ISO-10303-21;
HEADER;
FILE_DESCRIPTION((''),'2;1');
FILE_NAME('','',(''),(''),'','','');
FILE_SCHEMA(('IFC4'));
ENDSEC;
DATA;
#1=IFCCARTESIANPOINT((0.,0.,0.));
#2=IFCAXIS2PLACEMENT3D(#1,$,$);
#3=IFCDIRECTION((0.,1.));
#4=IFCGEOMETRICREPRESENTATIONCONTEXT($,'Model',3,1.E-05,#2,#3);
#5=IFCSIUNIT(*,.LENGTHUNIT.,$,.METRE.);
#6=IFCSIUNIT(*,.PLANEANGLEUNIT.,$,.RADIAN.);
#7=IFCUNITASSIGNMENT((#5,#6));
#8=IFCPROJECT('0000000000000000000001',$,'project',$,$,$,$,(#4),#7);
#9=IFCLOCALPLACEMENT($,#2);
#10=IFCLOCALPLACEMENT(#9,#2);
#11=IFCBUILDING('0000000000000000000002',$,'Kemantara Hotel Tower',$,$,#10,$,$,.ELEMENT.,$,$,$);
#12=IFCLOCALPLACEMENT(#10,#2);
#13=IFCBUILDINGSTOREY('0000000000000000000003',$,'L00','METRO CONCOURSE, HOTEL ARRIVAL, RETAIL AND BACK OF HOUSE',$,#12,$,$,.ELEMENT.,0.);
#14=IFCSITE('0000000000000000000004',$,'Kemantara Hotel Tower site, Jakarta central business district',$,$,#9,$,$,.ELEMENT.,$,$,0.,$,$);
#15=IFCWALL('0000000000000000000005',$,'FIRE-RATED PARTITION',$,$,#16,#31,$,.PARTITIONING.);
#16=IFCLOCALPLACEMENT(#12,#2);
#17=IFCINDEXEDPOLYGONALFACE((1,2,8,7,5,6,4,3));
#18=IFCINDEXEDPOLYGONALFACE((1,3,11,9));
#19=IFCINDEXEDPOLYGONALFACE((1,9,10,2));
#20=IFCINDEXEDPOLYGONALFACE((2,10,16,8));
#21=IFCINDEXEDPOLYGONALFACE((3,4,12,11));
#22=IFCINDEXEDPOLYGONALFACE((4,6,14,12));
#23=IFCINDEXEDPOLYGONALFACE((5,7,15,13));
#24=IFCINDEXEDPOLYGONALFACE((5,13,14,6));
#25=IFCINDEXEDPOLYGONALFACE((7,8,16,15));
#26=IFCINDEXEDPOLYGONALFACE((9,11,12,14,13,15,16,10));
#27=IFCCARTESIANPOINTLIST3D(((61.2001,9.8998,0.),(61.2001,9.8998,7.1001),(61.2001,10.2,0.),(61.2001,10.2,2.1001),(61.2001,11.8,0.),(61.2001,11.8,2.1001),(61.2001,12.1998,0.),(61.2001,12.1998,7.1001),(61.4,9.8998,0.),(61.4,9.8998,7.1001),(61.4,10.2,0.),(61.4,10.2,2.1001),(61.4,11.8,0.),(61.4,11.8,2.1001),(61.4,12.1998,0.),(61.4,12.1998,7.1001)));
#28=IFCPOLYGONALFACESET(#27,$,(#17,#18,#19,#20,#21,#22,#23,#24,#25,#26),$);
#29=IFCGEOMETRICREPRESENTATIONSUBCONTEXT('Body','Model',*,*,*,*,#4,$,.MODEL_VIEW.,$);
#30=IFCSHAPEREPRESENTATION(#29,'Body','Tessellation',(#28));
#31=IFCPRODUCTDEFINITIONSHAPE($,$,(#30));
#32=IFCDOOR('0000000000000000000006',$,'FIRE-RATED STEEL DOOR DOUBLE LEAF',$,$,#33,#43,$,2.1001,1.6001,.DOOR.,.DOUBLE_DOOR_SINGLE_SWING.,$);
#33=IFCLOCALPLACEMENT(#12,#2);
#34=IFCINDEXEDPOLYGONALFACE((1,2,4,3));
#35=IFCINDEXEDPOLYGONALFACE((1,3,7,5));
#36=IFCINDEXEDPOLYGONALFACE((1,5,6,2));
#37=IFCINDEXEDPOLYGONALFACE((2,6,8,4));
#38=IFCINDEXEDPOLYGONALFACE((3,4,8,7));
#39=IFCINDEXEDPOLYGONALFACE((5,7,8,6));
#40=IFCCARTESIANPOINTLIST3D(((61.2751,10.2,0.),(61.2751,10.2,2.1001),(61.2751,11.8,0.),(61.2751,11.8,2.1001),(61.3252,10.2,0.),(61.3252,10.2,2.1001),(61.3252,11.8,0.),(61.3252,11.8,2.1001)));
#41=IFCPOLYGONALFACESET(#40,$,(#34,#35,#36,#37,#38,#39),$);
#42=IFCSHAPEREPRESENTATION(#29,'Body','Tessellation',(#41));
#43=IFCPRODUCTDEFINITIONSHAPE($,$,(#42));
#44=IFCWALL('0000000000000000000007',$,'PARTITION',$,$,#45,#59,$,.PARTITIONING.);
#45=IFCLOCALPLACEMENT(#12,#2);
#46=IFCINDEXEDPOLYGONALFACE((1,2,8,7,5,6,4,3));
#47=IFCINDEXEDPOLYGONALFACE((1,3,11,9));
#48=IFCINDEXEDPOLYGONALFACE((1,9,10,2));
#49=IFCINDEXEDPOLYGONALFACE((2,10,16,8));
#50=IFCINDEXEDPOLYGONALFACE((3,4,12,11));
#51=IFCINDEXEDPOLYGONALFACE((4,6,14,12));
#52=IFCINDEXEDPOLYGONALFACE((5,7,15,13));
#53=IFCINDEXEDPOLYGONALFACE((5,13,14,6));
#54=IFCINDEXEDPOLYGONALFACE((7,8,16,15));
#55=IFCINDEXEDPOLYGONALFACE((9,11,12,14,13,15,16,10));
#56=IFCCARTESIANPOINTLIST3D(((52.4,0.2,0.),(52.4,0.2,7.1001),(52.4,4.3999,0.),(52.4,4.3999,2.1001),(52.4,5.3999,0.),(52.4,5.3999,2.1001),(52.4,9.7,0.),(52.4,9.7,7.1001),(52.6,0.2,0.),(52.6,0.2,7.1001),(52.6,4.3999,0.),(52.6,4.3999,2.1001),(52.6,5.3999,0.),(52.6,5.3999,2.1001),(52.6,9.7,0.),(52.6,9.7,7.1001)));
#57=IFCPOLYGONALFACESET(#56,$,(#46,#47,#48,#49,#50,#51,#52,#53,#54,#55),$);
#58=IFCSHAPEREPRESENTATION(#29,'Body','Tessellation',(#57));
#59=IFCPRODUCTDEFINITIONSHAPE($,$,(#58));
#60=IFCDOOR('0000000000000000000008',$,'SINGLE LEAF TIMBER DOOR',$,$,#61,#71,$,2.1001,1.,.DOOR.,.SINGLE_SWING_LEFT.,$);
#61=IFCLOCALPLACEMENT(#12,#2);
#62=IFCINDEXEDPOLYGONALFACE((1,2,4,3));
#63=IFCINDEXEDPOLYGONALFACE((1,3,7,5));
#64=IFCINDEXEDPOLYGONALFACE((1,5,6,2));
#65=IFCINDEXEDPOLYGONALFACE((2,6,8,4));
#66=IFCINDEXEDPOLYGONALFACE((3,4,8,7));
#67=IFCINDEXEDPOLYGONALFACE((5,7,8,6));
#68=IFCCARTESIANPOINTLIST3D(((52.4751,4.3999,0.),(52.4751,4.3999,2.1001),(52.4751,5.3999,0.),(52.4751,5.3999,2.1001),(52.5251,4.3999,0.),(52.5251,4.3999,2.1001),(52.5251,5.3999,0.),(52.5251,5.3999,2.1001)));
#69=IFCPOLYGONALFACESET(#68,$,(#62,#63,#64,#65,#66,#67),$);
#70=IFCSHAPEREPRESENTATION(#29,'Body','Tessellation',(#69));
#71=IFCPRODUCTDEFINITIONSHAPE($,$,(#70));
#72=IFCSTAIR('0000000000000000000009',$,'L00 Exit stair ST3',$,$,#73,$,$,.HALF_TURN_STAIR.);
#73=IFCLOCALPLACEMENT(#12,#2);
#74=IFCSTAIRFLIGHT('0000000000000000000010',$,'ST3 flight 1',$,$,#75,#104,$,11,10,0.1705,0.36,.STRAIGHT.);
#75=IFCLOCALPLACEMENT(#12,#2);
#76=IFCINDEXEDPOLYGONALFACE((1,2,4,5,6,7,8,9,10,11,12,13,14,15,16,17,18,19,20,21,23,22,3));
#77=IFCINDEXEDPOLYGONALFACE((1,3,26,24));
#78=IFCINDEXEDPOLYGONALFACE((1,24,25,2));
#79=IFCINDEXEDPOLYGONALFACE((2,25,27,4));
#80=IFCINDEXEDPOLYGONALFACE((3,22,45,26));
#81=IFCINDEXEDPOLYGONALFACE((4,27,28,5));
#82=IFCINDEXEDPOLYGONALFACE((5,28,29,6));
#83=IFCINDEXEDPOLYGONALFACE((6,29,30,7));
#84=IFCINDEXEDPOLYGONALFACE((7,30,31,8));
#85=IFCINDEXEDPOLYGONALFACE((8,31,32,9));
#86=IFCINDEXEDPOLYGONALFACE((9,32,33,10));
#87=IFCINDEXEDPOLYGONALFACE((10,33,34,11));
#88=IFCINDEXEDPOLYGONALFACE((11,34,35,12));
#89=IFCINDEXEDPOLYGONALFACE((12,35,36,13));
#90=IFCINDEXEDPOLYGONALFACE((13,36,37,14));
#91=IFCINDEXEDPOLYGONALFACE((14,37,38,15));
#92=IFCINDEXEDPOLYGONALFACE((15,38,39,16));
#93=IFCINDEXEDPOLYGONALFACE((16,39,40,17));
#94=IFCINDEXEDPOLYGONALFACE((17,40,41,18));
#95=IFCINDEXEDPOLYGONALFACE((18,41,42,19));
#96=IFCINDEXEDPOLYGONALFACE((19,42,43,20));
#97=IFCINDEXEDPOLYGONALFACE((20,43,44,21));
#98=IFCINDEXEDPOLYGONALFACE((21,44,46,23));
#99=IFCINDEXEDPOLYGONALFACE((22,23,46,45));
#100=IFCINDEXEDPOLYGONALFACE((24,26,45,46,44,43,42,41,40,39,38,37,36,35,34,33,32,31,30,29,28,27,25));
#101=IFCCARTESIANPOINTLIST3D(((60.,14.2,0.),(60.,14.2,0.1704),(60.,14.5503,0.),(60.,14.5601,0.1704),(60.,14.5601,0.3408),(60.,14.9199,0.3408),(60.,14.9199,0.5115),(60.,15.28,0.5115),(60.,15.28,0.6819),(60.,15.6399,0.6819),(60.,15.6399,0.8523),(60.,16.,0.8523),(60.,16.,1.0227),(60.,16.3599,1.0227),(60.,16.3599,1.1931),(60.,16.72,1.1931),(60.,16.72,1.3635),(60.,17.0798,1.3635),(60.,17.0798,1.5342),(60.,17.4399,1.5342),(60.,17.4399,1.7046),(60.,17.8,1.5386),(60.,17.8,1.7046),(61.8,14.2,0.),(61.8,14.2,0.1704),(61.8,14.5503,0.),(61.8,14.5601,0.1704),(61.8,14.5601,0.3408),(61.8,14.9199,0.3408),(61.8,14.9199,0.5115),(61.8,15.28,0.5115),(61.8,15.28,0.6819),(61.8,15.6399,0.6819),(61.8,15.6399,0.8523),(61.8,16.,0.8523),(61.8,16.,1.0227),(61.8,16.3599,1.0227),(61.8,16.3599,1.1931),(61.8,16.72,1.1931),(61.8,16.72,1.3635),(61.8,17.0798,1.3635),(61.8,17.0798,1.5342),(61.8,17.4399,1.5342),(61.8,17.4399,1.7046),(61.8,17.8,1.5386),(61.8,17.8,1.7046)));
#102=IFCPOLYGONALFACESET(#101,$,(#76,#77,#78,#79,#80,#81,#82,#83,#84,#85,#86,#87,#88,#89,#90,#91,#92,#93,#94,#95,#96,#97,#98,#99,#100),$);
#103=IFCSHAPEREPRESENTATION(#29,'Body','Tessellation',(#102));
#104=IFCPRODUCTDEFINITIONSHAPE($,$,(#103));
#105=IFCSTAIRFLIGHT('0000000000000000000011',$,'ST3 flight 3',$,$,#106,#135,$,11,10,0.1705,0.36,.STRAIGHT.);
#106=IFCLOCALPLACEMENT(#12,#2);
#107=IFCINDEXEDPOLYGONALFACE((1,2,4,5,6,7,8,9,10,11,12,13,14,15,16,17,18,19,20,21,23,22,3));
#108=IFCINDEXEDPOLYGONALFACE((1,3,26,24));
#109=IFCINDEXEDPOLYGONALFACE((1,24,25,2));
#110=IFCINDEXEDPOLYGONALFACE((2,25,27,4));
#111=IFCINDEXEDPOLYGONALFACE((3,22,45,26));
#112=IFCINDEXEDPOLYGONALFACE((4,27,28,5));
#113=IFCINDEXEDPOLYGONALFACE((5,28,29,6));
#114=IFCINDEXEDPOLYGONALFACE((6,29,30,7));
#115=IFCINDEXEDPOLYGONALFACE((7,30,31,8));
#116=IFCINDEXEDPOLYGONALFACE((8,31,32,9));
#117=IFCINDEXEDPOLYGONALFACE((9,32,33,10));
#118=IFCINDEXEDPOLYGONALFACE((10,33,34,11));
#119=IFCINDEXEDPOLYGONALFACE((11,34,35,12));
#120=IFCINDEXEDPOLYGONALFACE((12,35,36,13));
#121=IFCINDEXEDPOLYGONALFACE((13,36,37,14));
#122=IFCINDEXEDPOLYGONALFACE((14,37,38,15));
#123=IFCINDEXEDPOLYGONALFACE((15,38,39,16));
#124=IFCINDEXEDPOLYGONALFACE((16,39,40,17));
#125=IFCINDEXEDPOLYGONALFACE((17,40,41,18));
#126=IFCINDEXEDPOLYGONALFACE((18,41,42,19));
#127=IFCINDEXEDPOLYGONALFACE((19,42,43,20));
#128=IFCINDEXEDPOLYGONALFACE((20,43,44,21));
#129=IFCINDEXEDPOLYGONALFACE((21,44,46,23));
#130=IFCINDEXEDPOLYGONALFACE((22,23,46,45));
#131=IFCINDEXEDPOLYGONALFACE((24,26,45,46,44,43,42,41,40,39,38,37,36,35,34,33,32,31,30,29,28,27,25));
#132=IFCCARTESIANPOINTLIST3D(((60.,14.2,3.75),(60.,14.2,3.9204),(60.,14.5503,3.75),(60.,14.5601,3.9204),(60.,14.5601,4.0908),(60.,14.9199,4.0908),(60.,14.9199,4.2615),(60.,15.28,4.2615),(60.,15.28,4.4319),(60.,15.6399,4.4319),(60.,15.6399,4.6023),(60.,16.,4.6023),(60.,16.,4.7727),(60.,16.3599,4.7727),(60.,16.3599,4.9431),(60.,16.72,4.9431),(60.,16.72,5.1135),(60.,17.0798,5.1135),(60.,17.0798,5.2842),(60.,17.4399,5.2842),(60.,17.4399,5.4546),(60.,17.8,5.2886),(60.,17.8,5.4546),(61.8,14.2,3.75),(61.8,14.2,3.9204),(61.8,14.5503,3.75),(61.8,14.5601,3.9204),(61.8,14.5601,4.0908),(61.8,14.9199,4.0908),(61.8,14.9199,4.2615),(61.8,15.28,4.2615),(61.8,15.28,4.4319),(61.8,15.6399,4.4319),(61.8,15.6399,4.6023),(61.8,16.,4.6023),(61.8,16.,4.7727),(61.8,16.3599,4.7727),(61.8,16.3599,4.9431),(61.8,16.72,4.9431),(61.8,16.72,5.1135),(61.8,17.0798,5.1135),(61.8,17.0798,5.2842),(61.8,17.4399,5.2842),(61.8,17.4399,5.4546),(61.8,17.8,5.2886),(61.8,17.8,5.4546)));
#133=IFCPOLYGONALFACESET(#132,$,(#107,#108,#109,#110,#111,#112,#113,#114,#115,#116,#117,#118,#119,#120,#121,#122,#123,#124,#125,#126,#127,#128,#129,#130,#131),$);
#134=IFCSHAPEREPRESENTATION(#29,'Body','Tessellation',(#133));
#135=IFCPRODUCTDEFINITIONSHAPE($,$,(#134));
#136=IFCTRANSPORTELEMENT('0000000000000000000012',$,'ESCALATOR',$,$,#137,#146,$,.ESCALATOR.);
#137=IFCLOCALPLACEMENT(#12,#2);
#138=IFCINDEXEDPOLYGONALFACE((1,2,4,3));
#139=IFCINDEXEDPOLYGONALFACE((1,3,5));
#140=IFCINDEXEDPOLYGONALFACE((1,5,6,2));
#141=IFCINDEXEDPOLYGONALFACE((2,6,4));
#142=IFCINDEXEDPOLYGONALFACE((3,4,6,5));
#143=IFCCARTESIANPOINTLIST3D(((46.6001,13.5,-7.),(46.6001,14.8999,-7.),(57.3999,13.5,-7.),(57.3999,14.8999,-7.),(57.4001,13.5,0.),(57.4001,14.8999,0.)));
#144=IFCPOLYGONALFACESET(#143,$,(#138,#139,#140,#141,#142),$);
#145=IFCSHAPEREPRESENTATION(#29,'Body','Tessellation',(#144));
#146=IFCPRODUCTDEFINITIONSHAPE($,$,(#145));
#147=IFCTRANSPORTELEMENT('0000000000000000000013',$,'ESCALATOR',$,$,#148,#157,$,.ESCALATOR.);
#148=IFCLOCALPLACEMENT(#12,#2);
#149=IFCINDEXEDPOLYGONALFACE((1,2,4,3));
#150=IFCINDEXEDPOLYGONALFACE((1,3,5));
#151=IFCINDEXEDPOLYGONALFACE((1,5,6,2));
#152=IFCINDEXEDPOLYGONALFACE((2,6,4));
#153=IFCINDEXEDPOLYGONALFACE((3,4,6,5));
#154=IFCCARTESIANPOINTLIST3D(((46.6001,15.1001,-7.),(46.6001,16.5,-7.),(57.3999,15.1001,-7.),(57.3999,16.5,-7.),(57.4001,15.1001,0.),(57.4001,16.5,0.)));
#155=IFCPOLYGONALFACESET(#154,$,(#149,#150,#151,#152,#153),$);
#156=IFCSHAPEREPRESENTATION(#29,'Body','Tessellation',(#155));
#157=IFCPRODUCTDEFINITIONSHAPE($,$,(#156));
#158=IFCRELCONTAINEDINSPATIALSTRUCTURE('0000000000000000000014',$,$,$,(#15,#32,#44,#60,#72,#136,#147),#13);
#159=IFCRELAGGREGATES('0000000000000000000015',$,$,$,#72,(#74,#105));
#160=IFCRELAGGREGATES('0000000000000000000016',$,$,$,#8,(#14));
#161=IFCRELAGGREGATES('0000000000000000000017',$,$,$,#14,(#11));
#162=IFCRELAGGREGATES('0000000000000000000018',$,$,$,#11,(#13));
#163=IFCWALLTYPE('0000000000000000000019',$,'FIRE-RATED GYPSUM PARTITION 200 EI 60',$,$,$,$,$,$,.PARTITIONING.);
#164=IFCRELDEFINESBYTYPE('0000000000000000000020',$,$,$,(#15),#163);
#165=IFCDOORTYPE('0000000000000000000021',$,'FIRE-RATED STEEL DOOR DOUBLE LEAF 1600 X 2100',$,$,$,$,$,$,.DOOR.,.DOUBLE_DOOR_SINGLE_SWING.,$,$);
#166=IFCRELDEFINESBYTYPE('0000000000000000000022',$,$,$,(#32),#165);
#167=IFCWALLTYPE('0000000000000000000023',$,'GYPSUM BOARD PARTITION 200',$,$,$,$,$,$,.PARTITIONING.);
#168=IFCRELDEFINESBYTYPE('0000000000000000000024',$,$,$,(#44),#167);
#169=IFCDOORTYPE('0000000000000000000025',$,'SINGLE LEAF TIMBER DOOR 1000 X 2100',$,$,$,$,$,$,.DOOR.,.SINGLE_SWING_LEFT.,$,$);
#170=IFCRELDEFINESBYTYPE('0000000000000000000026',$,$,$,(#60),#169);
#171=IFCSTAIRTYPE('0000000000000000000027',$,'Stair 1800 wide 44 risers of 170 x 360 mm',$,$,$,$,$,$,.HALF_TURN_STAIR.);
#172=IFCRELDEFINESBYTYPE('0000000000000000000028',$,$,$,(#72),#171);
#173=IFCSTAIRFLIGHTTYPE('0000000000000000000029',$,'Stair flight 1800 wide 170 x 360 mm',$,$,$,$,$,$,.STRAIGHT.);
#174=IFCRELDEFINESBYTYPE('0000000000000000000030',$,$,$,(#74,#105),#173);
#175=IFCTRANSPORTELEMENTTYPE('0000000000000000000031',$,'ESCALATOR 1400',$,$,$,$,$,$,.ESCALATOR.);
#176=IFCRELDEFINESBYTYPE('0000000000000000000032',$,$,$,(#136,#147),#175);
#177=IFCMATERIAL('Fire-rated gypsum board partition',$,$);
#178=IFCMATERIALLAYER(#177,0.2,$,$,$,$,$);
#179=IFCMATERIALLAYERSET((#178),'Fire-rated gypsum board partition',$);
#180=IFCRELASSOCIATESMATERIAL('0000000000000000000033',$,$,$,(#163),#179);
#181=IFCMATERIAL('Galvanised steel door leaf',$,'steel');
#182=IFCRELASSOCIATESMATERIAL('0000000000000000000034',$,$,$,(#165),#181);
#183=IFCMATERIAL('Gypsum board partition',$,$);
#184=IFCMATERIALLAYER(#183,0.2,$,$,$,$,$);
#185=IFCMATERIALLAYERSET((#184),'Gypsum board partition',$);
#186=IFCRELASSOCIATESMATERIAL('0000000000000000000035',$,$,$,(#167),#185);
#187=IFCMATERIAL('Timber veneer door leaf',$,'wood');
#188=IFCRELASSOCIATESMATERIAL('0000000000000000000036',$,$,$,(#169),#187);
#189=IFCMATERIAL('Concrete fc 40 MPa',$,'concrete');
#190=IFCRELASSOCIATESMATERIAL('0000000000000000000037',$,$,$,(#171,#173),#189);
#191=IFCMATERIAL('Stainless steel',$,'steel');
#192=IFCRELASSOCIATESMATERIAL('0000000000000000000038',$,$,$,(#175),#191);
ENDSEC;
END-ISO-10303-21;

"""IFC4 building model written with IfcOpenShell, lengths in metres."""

from ifc_helpers import new_model, si_unit, direction, frame, frame_2d, origin, place, context, subcontext, project, spatial, polyline, rectangle, outline, extrude, material, layer, layer_set, type_object, element, fill, aggregate, save


model = new_model("IFC4")

# Units and contexts
model_context = context("Model", 3, precision=1e-05, world=origin(), true_north=direction((0.0, 1.0)))
body_context = subcontext(model_context, "Body", "Model", "MODEL_VIEW")
ifc_project = project(units=[si_unit("LENGTHUNIT", "METRE"), si_unit("PLANEANGLEUNIT", "RADIAN")], contexts=[model_context])

# Site, building, storey
site_placement = place(None, origin())
site = spatial("IfcSite", under=ifc_project, at=site_placement, Name="Kemantara Hotel Tower site, Jakarta central business district", CompositionType="ELEMENT", RefElevation=0.0)
building_placement = place(site_placement, origin())
building = spatial("IfcBuilding", under=site, at=building_placement, Name="Kemantara Hotel Tower", CompositionType="ELEMENT")
storey_placement = place(building_placement, origin())
storey = spatial("IfcBuildingStorey", under=building, at=storey_placement, Name="L00", Description="METRO CONCOURSE, HOTEL ARRIVAL, RETAIL AND BACK OF HOUSE", CompositionType="ELEMENT", Elevation=0.0)

# Shared definitions
ifc_material_1 = material(Name="Concrete fc 40 MPa", Category="concrete")

# Shared definitions
ifc_material_2 = material(Name="Fire-rated gypsum board partition")
ifc_layer_1 = layer(ifc_material_2, 0.2)
ifc_layer_set_1 = layer_set([ifc_layer_1], Name="Fire-rated gypsum board partition")
wall_type_1 = type_object("IfcWallType", Name="FIRE-RATED GYPSUM PARTITION 200 EI 60", PredefinedType="PARTITIONING", material=ifc_layer_set_1)

# Walls, openings, doors
wall_1_placement = place(storey_placement, frame((61.3, 9.8999, 0.0), z_axis=(0.0, 0.0, 1.0), x_axis=(0.0, 1.0, 0.0)))
wall_1 = element("IfcWall", 1, at=wall_1_placement, inside=storey, type_object=wall_type_1, Name="FIRE-RATED PARTITION", PredefinedType="PARTITIONING", context=body_context, shape_type="SweptSolid", body=[
    extrude(rectangle(XDim=2.3, YDim=0.2, at=frame_2d((1.1499, 0.0))), origin(), (0.0, 0.0, 1.0), 7.1001),
])
opening_1_placement = place(wall_1_placement, frame((0.3, 0.0, 0.0)))
opening_1 = element("IfcOpeningElement", 2, at=opening_1_placement, cuts=wall_1, PredefinedType="OPENING", context=body_context, shape_type="SweptSolid", body=[
    extrude(rectangle(XDim=1.6001, YDim=2.1001, at=frame_2d((0.8, 1.05))), frame((0.0, 0.1099, 0.0), z_axis=(0.0, -1.0, 0.0), x_axis=(1.0, 0.0, 0.0)), (0.0, 0.0, 1.0), 0.22),
])
ifc_material_3 = material(Name="Galvanised steel door leaf", Category="steel")
door_type_1 = type_object("IfcDoorType", Name="FIRE-RATED STEEL DOOR DOUBLE LEAF 1600 X 2100", OperationType="DOUBLE_DOOR_SINGLE_SWING", PredefinedType="DOOR", material=ifc_material_3)
door_1_placement = place(opening_1_placement, origin())
door_1 = element("IfcDoor", 3, at=door_1_placement, inside=storey, type_object=door_type_1, Name="FIRE-RATED STEEL DOOR DOUBLE LEAF", OperationType="DOUBLE_DOOR_SINGLE_SWING", OverallHeight=2.1001, OverallWidth=1.6001, PredefinedType="DOOR", context=body_context, shape_type="SweptSolid", body=[
    extrude(rectangle(XDim=1.6001, YDim=2.1001, at=frame_2d((0.8, 1.05))), frame((0.0, 0.0249, 0.0), z_axis=(0.0, -1.0, 0.0), x_axis=(1.0, 0.0, 0.0)), (0.0, 0.0, 1.0), 0.05),
])
fill(opening_1, door_1)
ifc_material_4 = material(Name="Gypsum board partition")
ifc_layer_2 = layer(ifc_material_4, 0.2)
ifc_layer_set_2 = layer_set([ifc_layer_2], Name="Gypsum board partition")
wall_type_2 = type_object("IfcWallType", Name="GYPSUM BOARD PARTITION 200", PredefinedType="PARTITIONING", material=ifc_layer_set_2)
wall_2_placement = place(storey_placement, frame((52.5, 0.2, 0.0), z_axis=(0.0, 0.0, 1.0), x_axis=(0.0, 1.0, 0.0)))
wall_2 = element("IfcWall", 4, at=wall_2_placement, inside=storey, type_object=wall_type_2, Name="PARTITION", PredefinedType="PARTITIONING", context=body_context, shape_type="SweptSolid", body=[
    extrude(rectangle(XDim=9.5, YDim=0.2, at=frame_2d((4.75, 0.0))), origin(), (0.0, 0.0, 1.0), 7.1001),
])
opening_2_placement = place(wall_2_placement, frame((4.2, 0.0, 0.0)))
opening_2 = element("IfcOpeningElement", 5, at=opening_2_placement, cuts=wall_2, PredefinedType="OPENING", context=body_context, shape_type="SweptSolid", body=[
    extrude(rectangle(XDim=1.0, YDim=2.1001, at=frame_2d((0.5, 1.05))), frame((0.0, 0.1099, 0.0), z_axis=(0.0, -1.0, 0.0), x_axis=(1.0, 0.0, 0.0)), (0.0, 0.0, 1.0), 0.22),
])
ifc_material_5 = material(Name="Timber veneer door leaf", Category="wood")
door_type_2 = type_object("IfcDoorType", Name="SINGLE LEAF TIMBER DOOR 1000 X 2100", OperationType="SINGLE_SWING_LEFT", PredefinedType="DOOR", material=ifc_material_5)
door_2_placement = place(opening_2_placement, origin())
door_2 = element("IfcDoor", 6, at=door_2_placement, inside=storey, type_object=door_type_2, Name="SINGLE LEAF TIMBER DOOR", OperationType="SINGLE_SWING_LEFT", OverallHeight=2.1001, OverallWidth=1.0, PredefinedType="DOOR", context=body_context, shape_type="SweptSolid", body=[
    extrude(rectangle(XDim=1.0, YDim=2.1001, at=frame_2d((0.5, 1.05))), frame((0.0, 0.0249, 0.0), z_axis=(0.0, -1.0, 0.0), x_axis=(1.0, 0.0, 0.0)), (0.0, 0.0, 1.0), 0.05),
])
fill(opening_2, door_2)

# Stair, stair flights
stair_type = type_object("IfcStairType", Name="Stair 1800 wide 44 risers of 170 x 360 mm", PredefinedType="HALF_TURN_STAIR", material=ifc_material_1)
stair_placement = place(storey_placement, origin())
stair = element("IfcStair", 7, at=stair_placement, inside=storey, type_object=stair_type, Name="L00 Exit stair ST3", PredefinedType="HALF_TURN_STAIR")
stair_flight_type = type_object("IfcStairFlightType", Name="Stair flight 1800 wide 170 x 360 mm", PredefinedType="STRAIGHT", material=ifc_material_1)
stair_flight_1_placement = place(storey_placement, frame((60.8999, 14.2, 0.0), z_axis=(0.0, 0.0, 1.0), x_axis=(0.0, 1.0, 0.0)))
stair_flight_1 = element("IfcStairFlight", 8, at=stair_flight_1_placement, type_object=stair_flight_type, Name="ST3 flight 1", NumberOfRisers=11, NumberOfTreads=10, PredefinedType="STRAIGHT", RiserHeight=0.1705, TreadLength=0.36, context=body_context, shape_type="SweptSolid", body=[
    extrude(outline(polyline([(0.0, 0.0), (0.0, 0.1704), (0.3601, 0.1704), (0.3601, 0.3408), (0.72, 0.3408), (0.72, 0.5115), (1.0801, 0.5115), (1.0801, 0.6819), (1.4399, 0.6819), (1.4399, 0.8523), (1.8, 0.8523), (1.8, 1.0227), (2.1599, 1.0227), (2.1599, 1.1931), (2.52, 1.1931), (2.52, 1.3635), (2.8799, 1.3635), (2.8799, 1.5342), (3.24, 1.5342), (3.24, 1.7046), (3.6001, 1.7046), (3.6001, 1.875), (3.6001, 1.5386), (0.3503, 0.0), (0.0, 0.0)])), frame((0.0, 0.8999, 0.0), z_axis=(0.0, -1.0, 0.0), x_axis=(1.0, 0.0, 0.0)), (0.0, 0.0, 1.0), 1.8),
])
stair_flight_2_placement = place(storey_placement, frame((60.8999, 14.2, 3.75), z_axis=(0.0, 0.0, 1.0), x_axis=(0.0, 1.0, 0.0)))
stair_flight_2 = element("IfcStairFlight", 9, at=stair_flight_2_placement, type_object=stair_flight_type, Name="ST3 flight 3", NumberOfRisers=11, NumberOfTreads=10, PredefinedType="STRAIGHT", RiserHeight=0.1705, TreadLength=0.36, context=body_context, shape_type="SweptSolid", body=[
    extrude(outline(polyline([(0.0, 0.0), (0.0, 0.1704), (0.3601, 0.1704), (0.3601, 0.3408), (0.72, 0.3408), (0.72, 0.5115), (1.0801, 0.5115), (1.0801, 0.6819), (1.4399, 0.6819), (1.4399, 0.8523), (1.8, 0.8523), (1.8, 1.0227), (2.1599, 1.0227), (2.1599, 1.1931), (2.52, 1.1931), (2.52, 1.3635), (2.8799, 1.3635), (2.8799, 1.5342), (3.24, 1.5342), (3.24, 1.7046), (3.6001, 1.7046), (3.6001, 1.875), (3.6001, 1.5386), (0.3503, 0.0), (0.0, 0.0)])), frame((0.0, 0.8999, 0.0), z_axis=(0.0, -1.0, 0.0), x_axis=(1.0, 0.0, 0.0)), (0.0, 0.0, 1.0), 1.8),
])
aggregate(stair, [stair_flight_1, stair_flight_2])

# Transport elements
ifc_material_6 = material(Name="Stainless steel", Category="steel")
transport_element_type = type_object("IfcTransportElementType", Name="ESCALATOR 1400", PredefinedType="ESCALATOR", material=ifc_material_6)
for number, where, z_axis, x_axis, name in (
    (10, (46.6001, 14.2, -7.0), (0.0, 0.0, 1.0), (1.0, 0.0, 0.0), "ESCALATOR"),
    (11, (46.6001, 15.8, -7.0), (0.0, 0.0, 1.0), (1.0, 0.0, 0.0), "ESCALATOR"),
):
    element("IfcTransportElement", number, at=place(storey_placement, frame(where, z_axis=z_axis, x_axis=x_axis)), inside=storey, type_object=transport_element_type, Name=name, PredefinedType="ESCALATOR", context=body_context, shape_type="SweptSolid", body=[
        extrude(outline(polyline([(0.0, 0.0), (10.7998, 0.0), (10.8, 7.0), (0.0, 0.0), (0.0, 0.0)])), frame((0.0, 0.7, 0.0), z_axis=(0.0, -1.0, 0.0), x_axis=(1.0, 0.0, 0.0)), (0.0, 0.0, 1.0), 1.3999),
    ])

save(model, "model.ifc")
